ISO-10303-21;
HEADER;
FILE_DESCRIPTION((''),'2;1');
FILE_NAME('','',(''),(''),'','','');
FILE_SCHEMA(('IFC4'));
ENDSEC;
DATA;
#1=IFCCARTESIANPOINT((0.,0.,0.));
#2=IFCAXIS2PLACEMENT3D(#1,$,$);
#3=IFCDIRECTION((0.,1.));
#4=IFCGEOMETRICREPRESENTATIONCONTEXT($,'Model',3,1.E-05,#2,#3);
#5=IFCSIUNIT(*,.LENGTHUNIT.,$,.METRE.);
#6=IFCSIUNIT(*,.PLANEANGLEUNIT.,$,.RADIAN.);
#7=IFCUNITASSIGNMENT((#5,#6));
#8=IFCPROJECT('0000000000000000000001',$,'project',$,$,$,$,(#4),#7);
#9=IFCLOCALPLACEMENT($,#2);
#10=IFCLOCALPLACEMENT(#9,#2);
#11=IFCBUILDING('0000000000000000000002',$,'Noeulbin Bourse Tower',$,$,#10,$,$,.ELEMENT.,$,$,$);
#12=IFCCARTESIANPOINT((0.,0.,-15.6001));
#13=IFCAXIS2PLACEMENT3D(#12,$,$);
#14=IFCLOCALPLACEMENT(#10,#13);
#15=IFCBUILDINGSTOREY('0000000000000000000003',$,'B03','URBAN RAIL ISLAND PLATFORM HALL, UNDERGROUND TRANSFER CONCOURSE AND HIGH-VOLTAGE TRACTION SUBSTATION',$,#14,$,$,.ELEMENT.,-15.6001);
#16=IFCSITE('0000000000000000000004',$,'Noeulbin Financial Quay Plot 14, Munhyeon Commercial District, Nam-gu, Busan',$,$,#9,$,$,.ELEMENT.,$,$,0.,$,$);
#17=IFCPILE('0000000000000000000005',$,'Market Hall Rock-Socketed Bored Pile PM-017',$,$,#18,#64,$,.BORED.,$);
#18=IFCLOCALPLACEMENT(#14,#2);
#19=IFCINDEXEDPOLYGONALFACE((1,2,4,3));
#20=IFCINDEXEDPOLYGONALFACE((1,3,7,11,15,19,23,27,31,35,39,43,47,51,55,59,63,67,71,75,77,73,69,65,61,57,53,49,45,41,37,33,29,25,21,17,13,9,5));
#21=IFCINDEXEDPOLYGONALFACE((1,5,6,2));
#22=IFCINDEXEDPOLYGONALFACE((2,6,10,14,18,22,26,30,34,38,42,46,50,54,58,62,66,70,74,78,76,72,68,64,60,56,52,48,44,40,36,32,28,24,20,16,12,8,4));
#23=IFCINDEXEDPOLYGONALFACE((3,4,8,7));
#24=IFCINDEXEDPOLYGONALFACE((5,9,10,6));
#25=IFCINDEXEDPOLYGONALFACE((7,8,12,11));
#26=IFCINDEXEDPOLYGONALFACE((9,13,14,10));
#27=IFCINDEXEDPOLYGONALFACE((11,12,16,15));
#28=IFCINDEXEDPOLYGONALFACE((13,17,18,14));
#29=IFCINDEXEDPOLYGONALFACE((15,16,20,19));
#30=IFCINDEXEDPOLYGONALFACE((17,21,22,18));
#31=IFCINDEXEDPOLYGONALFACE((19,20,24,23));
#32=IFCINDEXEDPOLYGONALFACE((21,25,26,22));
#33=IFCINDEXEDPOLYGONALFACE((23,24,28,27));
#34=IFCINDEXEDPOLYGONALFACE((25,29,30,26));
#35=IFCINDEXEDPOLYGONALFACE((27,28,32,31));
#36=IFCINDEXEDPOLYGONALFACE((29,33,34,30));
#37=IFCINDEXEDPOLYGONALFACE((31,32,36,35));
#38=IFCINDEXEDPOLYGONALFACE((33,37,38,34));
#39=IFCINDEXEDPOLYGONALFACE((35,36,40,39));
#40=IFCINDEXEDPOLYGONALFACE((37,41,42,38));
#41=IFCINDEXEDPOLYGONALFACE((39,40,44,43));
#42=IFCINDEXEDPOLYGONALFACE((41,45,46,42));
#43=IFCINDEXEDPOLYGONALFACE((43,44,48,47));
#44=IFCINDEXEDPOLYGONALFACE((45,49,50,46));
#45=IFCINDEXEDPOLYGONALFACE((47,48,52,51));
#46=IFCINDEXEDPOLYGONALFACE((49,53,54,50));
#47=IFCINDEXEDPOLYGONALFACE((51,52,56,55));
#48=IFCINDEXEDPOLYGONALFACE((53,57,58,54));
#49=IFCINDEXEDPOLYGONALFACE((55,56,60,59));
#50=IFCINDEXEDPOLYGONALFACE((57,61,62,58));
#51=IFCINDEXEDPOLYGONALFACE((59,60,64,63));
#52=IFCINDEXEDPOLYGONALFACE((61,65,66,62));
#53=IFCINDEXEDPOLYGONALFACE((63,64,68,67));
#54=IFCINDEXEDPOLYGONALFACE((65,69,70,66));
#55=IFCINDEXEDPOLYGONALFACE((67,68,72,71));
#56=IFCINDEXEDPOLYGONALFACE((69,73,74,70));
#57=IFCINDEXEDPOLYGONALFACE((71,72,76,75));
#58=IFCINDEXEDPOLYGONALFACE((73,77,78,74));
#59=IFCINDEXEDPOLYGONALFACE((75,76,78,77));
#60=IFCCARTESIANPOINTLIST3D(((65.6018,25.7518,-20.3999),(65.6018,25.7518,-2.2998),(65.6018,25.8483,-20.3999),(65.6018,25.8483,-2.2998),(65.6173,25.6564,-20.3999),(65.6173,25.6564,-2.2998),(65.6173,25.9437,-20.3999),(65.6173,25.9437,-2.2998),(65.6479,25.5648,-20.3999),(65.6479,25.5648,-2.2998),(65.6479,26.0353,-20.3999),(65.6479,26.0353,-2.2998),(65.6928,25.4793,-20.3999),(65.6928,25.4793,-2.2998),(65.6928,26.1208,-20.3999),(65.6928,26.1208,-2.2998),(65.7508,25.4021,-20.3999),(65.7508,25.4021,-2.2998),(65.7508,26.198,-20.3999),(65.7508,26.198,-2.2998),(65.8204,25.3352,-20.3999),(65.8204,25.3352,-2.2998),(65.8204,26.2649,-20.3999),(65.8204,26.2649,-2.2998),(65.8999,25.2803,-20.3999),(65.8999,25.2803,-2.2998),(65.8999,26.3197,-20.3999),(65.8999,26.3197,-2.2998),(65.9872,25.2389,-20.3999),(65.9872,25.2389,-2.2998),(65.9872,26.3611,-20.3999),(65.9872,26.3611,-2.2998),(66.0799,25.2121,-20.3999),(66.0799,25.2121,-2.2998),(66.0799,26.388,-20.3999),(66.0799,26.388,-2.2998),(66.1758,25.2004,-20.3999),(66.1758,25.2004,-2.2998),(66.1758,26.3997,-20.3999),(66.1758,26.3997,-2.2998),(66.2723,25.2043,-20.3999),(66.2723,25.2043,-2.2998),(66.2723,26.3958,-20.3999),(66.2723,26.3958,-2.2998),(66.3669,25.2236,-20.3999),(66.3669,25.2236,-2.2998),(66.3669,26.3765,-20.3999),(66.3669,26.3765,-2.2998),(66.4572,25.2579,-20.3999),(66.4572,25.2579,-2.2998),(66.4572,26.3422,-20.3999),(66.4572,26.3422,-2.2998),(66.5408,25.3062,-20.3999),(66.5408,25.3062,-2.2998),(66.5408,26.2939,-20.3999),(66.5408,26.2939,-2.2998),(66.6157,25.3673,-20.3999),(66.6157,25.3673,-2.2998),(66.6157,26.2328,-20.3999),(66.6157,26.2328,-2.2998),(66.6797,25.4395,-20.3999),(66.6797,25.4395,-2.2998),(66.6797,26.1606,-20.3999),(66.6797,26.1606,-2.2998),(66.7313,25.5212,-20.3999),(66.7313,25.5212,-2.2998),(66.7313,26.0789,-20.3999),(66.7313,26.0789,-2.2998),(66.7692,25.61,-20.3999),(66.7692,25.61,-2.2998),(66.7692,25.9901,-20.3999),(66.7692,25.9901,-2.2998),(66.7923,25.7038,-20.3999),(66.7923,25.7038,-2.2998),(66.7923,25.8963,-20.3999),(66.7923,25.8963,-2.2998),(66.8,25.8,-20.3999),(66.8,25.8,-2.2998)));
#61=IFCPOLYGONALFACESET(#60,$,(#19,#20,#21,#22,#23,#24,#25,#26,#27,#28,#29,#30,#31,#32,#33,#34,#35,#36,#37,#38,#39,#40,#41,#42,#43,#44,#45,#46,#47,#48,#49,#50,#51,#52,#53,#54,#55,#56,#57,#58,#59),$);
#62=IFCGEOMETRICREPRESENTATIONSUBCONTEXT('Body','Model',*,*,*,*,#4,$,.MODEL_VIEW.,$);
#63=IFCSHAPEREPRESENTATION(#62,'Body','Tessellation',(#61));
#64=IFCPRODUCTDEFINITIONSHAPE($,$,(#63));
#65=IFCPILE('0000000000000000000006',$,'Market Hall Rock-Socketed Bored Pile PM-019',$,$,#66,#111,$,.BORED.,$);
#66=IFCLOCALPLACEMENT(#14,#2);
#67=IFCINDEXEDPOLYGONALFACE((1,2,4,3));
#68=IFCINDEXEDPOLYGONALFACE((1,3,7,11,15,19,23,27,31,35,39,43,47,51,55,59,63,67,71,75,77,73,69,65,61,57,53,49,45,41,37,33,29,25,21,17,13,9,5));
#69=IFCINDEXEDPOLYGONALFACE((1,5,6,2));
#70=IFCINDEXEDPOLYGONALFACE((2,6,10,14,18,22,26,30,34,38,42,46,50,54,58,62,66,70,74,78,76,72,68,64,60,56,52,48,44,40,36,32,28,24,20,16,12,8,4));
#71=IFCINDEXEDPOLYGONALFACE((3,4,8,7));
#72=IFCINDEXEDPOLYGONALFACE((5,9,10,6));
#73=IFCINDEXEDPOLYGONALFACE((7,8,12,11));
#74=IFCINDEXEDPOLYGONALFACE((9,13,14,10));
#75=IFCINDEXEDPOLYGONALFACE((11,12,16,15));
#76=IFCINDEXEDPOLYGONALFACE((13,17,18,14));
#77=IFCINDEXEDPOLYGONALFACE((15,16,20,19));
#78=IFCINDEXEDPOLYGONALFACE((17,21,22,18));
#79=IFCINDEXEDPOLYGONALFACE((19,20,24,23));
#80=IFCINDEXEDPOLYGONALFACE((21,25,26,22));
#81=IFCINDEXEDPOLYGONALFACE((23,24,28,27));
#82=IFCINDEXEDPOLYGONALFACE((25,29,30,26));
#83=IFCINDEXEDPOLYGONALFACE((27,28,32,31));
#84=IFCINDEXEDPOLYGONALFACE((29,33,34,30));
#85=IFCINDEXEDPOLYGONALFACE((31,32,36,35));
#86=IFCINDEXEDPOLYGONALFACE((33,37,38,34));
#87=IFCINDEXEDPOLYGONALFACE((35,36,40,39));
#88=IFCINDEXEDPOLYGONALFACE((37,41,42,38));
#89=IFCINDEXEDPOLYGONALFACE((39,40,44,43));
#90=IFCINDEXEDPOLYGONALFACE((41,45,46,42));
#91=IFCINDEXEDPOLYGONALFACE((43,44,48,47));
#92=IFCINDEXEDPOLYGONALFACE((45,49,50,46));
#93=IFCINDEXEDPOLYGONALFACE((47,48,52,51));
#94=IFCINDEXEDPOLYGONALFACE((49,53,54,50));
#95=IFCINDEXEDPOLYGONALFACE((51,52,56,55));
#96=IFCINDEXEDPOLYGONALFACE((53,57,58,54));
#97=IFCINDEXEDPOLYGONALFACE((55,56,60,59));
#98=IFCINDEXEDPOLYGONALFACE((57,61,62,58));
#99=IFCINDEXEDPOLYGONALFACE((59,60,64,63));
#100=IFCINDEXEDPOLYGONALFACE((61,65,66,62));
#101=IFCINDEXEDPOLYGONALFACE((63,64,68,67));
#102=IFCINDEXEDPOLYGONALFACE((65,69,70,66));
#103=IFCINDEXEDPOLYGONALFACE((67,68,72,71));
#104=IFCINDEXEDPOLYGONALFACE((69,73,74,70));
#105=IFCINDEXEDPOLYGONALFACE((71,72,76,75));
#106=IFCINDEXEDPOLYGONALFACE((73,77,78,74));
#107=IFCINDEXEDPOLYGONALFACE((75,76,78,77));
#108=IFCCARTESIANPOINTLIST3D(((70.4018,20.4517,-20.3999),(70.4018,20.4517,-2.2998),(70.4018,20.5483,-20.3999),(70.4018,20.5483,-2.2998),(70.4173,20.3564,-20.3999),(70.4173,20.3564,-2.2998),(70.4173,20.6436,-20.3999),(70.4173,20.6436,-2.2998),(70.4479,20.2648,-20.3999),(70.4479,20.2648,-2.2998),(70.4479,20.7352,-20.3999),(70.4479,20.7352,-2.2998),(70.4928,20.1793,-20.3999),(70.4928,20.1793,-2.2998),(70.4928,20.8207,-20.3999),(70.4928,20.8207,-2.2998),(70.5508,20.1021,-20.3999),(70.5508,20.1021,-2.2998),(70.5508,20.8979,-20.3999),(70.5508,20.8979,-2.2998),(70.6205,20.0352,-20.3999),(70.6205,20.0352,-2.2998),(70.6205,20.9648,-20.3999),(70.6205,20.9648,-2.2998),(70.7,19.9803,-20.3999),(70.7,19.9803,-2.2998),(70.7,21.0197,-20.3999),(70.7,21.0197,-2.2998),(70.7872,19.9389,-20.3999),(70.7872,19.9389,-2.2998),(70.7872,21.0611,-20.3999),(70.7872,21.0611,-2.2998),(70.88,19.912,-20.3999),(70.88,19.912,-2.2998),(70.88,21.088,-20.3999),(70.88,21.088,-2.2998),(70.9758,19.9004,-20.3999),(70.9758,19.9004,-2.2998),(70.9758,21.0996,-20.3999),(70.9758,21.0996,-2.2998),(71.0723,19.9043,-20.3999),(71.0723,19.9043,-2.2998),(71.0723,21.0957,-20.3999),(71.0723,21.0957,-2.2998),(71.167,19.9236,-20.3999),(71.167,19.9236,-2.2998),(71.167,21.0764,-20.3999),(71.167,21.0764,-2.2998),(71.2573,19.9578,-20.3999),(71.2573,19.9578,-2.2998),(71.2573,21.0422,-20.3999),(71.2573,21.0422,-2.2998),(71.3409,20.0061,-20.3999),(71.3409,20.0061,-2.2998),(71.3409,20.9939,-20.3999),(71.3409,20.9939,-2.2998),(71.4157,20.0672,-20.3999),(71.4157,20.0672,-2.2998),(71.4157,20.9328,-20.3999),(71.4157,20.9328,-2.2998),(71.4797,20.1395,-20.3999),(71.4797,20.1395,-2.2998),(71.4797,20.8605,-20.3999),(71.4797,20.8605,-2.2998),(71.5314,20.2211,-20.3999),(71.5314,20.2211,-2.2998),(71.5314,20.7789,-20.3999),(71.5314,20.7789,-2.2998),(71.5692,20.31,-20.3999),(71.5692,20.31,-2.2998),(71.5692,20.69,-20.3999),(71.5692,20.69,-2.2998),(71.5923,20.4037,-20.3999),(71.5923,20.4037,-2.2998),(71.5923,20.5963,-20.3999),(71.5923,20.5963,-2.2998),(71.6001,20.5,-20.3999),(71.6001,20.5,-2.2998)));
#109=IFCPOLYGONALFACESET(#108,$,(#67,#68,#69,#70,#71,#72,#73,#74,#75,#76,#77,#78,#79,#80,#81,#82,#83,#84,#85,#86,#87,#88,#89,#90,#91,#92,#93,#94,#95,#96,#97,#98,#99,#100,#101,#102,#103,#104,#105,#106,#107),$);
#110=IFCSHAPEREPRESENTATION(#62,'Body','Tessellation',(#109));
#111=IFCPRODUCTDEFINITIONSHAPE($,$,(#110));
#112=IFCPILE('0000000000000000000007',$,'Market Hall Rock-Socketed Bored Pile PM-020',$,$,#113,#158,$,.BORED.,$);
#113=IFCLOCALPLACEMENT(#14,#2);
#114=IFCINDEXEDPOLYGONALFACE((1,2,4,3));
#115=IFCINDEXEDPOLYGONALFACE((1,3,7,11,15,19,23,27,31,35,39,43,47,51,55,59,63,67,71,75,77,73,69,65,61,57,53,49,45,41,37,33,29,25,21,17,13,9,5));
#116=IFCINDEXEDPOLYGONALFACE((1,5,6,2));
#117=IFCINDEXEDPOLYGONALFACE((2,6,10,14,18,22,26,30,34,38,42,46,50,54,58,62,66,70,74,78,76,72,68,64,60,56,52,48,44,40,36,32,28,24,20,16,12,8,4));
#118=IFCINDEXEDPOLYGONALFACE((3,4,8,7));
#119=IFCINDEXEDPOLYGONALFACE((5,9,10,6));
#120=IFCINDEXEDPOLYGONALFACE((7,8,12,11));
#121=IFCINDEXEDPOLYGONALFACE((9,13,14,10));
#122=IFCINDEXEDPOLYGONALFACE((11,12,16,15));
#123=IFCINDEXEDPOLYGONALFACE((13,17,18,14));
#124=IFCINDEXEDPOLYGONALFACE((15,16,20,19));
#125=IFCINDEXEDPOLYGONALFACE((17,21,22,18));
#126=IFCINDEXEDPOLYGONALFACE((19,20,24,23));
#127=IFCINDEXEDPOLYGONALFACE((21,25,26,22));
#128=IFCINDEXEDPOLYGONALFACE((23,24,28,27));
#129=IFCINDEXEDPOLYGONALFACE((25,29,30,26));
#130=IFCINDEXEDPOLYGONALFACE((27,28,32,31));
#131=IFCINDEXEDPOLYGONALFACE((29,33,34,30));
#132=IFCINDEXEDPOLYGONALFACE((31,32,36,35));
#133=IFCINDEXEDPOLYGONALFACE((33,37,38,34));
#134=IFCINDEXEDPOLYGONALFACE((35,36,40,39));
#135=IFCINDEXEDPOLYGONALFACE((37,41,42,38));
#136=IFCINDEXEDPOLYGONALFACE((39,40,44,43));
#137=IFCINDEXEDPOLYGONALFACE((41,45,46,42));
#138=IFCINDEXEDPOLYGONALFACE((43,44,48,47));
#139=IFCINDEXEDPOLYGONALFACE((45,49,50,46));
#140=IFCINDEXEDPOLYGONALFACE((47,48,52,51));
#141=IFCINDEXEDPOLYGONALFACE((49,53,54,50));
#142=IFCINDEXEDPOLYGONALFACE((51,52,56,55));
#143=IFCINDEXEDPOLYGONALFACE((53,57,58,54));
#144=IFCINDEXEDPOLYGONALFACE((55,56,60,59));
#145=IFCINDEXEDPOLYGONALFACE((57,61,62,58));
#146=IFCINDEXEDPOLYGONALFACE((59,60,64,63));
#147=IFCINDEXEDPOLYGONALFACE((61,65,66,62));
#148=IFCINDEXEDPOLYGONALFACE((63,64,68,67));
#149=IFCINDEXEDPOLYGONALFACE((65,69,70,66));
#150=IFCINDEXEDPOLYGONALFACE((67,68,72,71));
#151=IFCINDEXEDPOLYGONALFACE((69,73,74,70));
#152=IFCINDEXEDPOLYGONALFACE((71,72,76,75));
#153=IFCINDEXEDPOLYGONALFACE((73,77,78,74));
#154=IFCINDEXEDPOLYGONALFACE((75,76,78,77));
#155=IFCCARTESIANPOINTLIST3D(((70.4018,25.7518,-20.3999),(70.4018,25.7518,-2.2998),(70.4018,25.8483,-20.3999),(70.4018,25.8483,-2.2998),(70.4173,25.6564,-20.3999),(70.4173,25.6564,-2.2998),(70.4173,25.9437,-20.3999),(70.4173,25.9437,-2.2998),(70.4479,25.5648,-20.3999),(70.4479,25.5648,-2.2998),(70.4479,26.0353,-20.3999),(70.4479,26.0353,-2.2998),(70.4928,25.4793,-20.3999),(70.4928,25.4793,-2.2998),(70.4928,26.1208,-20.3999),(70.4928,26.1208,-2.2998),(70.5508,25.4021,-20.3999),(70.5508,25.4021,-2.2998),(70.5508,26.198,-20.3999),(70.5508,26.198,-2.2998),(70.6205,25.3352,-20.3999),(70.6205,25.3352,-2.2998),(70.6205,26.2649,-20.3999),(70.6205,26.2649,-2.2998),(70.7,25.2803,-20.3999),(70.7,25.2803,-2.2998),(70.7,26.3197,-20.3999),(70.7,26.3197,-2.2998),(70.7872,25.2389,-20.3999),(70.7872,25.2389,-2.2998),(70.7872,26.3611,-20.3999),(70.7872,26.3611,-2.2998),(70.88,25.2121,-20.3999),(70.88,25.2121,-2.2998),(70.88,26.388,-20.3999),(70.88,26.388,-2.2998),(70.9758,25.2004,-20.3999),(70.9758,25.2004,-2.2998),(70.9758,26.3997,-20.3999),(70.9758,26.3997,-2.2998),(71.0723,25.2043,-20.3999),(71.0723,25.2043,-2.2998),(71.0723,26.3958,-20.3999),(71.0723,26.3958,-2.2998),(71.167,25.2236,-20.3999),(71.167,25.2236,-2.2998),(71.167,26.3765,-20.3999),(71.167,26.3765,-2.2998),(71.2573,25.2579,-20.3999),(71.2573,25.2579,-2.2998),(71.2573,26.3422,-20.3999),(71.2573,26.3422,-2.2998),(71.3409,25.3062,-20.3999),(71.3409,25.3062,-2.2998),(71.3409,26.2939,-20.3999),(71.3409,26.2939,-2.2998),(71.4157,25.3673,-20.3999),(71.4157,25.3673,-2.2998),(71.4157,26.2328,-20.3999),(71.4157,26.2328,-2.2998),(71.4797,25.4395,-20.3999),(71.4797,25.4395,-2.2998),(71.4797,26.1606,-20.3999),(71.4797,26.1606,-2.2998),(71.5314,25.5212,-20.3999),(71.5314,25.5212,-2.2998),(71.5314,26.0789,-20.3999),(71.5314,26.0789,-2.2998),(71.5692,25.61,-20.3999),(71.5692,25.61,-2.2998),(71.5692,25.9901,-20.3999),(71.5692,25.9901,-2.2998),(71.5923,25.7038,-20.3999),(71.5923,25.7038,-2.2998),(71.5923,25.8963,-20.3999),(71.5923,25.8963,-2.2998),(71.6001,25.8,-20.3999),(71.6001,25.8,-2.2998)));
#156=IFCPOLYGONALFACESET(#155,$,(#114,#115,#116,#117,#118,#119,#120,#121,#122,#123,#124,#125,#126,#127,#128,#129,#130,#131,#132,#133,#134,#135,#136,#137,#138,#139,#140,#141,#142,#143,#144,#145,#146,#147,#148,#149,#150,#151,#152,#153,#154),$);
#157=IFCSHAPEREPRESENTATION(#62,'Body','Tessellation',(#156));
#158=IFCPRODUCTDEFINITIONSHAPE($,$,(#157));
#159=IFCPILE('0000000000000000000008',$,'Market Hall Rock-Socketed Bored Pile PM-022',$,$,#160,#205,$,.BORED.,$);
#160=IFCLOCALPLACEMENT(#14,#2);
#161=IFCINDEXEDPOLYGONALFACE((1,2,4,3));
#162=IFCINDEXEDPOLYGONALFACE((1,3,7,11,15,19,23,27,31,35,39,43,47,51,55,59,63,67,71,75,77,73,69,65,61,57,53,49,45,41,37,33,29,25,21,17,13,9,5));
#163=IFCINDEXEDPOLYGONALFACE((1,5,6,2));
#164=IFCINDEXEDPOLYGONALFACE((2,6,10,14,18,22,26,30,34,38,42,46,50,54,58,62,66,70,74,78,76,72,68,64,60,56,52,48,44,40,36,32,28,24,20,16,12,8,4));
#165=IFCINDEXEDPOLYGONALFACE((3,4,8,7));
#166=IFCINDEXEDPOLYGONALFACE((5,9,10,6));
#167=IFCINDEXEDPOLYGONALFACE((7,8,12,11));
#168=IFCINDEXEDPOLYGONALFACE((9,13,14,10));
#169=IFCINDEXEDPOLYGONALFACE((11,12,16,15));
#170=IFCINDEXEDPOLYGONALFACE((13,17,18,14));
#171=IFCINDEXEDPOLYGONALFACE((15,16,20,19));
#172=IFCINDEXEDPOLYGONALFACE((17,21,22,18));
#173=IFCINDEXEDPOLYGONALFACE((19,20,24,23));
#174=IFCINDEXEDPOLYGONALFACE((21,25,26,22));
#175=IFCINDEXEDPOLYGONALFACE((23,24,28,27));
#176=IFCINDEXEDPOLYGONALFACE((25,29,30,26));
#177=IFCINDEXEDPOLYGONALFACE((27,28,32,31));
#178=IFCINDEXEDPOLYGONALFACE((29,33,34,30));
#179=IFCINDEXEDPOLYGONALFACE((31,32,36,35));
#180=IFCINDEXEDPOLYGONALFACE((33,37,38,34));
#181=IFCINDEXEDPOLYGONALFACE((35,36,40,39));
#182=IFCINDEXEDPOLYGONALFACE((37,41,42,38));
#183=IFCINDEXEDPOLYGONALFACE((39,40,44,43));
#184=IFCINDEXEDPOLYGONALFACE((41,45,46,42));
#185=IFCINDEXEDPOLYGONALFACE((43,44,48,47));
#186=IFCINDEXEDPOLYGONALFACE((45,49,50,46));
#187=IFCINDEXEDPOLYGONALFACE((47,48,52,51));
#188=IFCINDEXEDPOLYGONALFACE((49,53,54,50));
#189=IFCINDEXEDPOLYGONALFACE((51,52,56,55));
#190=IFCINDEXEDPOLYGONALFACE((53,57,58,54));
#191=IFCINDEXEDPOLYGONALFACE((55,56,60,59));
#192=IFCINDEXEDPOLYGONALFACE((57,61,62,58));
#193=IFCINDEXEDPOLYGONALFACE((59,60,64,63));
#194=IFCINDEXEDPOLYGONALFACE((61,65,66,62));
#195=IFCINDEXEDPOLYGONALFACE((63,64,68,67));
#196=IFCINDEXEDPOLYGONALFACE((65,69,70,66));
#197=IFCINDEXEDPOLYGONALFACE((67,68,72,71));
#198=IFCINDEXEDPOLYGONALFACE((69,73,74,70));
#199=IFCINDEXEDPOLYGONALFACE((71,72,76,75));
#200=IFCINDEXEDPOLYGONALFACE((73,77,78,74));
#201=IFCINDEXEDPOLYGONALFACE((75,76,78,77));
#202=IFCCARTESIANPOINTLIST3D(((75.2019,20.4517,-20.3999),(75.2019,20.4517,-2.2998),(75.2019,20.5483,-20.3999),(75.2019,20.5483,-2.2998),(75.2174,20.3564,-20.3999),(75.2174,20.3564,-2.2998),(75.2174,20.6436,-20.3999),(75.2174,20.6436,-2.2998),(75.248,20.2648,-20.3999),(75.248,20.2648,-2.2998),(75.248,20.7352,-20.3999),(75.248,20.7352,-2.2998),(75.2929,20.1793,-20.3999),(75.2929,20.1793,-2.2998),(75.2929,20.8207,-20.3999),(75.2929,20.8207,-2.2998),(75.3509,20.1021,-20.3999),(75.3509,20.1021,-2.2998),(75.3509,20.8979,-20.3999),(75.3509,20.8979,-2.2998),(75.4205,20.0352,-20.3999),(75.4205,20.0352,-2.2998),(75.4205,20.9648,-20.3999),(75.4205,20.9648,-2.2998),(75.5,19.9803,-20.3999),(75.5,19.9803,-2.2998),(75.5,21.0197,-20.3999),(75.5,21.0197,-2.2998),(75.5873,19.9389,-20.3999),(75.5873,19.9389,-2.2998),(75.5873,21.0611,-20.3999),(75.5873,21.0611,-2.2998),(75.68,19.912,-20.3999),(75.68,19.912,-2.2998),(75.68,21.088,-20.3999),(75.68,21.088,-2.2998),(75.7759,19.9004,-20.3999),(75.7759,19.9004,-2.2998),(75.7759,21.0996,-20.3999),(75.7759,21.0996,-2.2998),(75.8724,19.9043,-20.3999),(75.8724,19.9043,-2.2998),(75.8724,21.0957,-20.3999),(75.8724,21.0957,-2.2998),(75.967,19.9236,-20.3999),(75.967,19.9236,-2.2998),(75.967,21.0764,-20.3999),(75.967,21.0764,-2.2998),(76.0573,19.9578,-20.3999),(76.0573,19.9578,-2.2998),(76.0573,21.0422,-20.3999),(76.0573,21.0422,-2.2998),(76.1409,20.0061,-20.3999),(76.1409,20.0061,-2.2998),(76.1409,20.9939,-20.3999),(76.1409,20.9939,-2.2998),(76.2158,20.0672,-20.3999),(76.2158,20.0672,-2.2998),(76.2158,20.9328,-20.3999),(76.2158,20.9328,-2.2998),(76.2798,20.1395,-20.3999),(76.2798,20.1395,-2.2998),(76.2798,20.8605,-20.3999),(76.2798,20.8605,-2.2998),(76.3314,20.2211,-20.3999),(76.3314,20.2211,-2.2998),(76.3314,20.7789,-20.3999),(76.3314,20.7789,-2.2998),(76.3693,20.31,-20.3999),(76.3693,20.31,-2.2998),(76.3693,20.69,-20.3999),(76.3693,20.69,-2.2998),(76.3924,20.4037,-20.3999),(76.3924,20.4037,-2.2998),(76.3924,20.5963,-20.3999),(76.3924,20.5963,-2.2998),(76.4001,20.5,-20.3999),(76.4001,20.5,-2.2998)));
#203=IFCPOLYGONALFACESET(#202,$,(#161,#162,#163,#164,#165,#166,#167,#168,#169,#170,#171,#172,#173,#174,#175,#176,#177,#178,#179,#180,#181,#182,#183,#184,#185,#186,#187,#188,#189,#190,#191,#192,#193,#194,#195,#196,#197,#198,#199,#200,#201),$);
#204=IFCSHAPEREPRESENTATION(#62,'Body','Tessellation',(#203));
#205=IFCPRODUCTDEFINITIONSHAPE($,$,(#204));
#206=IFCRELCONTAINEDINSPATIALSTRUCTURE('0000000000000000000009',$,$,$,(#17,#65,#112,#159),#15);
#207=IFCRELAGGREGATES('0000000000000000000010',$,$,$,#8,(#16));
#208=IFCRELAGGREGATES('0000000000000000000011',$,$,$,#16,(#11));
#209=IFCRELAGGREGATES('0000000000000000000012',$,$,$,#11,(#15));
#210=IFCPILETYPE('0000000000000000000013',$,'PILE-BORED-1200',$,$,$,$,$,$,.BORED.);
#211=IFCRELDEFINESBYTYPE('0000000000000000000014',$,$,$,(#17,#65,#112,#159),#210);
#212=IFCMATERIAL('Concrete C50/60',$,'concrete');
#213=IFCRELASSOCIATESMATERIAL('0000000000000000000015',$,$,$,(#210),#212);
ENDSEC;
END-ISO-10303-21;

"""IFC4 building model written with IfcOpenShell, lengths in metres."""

from ifc_helpers import new_model, si_unit, direction, frame, origin, origin_2d, place, context, subcontext, project, spatial, circle, extrude, material, material_profile, profile_set, type_object, element, save


model = new_model("IFC4")

# Units and contexts
model_context = context("Model", 3, precision=1e-05, world=origin(), true_north=direction((0.0, 1.0)))
body_context = subcontext(model_context, "Body", "Model", "MODEL_VIEW")
ifc_project = project(units=[si_unit("LENGTHUNIT", "METRE"), si_unit("PLANEANGLEUNIT", "RADIAN")], contexts=[model_context])

# Site, building, storey
site_placement = place(None, origin())
site = spatial("IfcSite", under=ifc_project, at=site_placement, Name="Noeulbin Financial Quay Plot 14, Munhyeon Commercial District, Nam-gu, Busan", CompositionType="ELEMENT", RefElevation=0.0)
building_placement = place(site_placement, origin())
building = spatial("IfcBuilding", under=site, at=building_placement, Name="Noeulbin Bourse Tower", CompositionType="ELEMENT")
storey_placement = place(building_placement, frame((0.0, 0.0, -15.6001)))
storey = spatial("IfcBuildingStorey", under=building, at=storey_placement, Name="B03", Description="URBAN RAIL ISLAND PLATFORM HALL, UNDERGROUND TRANSFER CONCOURSE AND HIGH-VOLTAGE TRACTION SUBSTATION", CompositionType="ELEMENT", Elevation=-15.6001)

# Shared definitions
ifc_material_1 = material(Name="Concrete C50/60", Category="concrete")

# Piles
ifc_material_profile_1 = material_profile(ifc_material_1, circle(Radius=0.6001, at=origin_2d()), Name="PILE-D1200", Category="LoadBearing")
ifc_profile_set_1 = profile_set([ifc_material_profile_1], Name="Concrete C50/60")
pile_type = type_object("IfcPileType", Name="PILE-BORED-1200", PredefinedType="BORED", material=ifc_profile_set_1)
for number, where, z_axis, x_axis, name in (
    (1, (66.2, 25.8, -2.2998), (0.0, 0.0, -1.0), (1.0, 0.0, 0.0), "Market Hall Rock-Socketed Bored Pile PM-017"),
    (2, (71.0, 20.5, -2.2998), (0.0, 0.0, -1.0), (1.0, 0.0, 0.0), "Market Hall Rock-Socketed Bored Pile PM-019"),
    (3, (71.0, 25.8, -2.2998), (0.0, 0.0, -1.0), (1.0, 0.0, 0.0), "Market Hall Rock-Socketed Bored Pile PM-020"),
    (4, (75.8, 20.5, -2.2998), (0.0, 0.0, -1.0), (1.0, 0.0, 0.0), "Market Hall Rock-Socketed Bored Pile PM-022"),
):
    element("IfcPile", number, at=place(storey_placement, frame(where, z_axis=z_axis, x_axis=x_axis)), inside=storey, type_object=pile_type, Name=name, PredefinedType="BORED", context=body_context, shape_type="SweptSolid", body=[
        extrude(circle(Radius=0.6001, at=origin_2d()), origin(), (0.0, 0.0, 1.0), 18.1001),
    ])

save(model, "model.ifc")
